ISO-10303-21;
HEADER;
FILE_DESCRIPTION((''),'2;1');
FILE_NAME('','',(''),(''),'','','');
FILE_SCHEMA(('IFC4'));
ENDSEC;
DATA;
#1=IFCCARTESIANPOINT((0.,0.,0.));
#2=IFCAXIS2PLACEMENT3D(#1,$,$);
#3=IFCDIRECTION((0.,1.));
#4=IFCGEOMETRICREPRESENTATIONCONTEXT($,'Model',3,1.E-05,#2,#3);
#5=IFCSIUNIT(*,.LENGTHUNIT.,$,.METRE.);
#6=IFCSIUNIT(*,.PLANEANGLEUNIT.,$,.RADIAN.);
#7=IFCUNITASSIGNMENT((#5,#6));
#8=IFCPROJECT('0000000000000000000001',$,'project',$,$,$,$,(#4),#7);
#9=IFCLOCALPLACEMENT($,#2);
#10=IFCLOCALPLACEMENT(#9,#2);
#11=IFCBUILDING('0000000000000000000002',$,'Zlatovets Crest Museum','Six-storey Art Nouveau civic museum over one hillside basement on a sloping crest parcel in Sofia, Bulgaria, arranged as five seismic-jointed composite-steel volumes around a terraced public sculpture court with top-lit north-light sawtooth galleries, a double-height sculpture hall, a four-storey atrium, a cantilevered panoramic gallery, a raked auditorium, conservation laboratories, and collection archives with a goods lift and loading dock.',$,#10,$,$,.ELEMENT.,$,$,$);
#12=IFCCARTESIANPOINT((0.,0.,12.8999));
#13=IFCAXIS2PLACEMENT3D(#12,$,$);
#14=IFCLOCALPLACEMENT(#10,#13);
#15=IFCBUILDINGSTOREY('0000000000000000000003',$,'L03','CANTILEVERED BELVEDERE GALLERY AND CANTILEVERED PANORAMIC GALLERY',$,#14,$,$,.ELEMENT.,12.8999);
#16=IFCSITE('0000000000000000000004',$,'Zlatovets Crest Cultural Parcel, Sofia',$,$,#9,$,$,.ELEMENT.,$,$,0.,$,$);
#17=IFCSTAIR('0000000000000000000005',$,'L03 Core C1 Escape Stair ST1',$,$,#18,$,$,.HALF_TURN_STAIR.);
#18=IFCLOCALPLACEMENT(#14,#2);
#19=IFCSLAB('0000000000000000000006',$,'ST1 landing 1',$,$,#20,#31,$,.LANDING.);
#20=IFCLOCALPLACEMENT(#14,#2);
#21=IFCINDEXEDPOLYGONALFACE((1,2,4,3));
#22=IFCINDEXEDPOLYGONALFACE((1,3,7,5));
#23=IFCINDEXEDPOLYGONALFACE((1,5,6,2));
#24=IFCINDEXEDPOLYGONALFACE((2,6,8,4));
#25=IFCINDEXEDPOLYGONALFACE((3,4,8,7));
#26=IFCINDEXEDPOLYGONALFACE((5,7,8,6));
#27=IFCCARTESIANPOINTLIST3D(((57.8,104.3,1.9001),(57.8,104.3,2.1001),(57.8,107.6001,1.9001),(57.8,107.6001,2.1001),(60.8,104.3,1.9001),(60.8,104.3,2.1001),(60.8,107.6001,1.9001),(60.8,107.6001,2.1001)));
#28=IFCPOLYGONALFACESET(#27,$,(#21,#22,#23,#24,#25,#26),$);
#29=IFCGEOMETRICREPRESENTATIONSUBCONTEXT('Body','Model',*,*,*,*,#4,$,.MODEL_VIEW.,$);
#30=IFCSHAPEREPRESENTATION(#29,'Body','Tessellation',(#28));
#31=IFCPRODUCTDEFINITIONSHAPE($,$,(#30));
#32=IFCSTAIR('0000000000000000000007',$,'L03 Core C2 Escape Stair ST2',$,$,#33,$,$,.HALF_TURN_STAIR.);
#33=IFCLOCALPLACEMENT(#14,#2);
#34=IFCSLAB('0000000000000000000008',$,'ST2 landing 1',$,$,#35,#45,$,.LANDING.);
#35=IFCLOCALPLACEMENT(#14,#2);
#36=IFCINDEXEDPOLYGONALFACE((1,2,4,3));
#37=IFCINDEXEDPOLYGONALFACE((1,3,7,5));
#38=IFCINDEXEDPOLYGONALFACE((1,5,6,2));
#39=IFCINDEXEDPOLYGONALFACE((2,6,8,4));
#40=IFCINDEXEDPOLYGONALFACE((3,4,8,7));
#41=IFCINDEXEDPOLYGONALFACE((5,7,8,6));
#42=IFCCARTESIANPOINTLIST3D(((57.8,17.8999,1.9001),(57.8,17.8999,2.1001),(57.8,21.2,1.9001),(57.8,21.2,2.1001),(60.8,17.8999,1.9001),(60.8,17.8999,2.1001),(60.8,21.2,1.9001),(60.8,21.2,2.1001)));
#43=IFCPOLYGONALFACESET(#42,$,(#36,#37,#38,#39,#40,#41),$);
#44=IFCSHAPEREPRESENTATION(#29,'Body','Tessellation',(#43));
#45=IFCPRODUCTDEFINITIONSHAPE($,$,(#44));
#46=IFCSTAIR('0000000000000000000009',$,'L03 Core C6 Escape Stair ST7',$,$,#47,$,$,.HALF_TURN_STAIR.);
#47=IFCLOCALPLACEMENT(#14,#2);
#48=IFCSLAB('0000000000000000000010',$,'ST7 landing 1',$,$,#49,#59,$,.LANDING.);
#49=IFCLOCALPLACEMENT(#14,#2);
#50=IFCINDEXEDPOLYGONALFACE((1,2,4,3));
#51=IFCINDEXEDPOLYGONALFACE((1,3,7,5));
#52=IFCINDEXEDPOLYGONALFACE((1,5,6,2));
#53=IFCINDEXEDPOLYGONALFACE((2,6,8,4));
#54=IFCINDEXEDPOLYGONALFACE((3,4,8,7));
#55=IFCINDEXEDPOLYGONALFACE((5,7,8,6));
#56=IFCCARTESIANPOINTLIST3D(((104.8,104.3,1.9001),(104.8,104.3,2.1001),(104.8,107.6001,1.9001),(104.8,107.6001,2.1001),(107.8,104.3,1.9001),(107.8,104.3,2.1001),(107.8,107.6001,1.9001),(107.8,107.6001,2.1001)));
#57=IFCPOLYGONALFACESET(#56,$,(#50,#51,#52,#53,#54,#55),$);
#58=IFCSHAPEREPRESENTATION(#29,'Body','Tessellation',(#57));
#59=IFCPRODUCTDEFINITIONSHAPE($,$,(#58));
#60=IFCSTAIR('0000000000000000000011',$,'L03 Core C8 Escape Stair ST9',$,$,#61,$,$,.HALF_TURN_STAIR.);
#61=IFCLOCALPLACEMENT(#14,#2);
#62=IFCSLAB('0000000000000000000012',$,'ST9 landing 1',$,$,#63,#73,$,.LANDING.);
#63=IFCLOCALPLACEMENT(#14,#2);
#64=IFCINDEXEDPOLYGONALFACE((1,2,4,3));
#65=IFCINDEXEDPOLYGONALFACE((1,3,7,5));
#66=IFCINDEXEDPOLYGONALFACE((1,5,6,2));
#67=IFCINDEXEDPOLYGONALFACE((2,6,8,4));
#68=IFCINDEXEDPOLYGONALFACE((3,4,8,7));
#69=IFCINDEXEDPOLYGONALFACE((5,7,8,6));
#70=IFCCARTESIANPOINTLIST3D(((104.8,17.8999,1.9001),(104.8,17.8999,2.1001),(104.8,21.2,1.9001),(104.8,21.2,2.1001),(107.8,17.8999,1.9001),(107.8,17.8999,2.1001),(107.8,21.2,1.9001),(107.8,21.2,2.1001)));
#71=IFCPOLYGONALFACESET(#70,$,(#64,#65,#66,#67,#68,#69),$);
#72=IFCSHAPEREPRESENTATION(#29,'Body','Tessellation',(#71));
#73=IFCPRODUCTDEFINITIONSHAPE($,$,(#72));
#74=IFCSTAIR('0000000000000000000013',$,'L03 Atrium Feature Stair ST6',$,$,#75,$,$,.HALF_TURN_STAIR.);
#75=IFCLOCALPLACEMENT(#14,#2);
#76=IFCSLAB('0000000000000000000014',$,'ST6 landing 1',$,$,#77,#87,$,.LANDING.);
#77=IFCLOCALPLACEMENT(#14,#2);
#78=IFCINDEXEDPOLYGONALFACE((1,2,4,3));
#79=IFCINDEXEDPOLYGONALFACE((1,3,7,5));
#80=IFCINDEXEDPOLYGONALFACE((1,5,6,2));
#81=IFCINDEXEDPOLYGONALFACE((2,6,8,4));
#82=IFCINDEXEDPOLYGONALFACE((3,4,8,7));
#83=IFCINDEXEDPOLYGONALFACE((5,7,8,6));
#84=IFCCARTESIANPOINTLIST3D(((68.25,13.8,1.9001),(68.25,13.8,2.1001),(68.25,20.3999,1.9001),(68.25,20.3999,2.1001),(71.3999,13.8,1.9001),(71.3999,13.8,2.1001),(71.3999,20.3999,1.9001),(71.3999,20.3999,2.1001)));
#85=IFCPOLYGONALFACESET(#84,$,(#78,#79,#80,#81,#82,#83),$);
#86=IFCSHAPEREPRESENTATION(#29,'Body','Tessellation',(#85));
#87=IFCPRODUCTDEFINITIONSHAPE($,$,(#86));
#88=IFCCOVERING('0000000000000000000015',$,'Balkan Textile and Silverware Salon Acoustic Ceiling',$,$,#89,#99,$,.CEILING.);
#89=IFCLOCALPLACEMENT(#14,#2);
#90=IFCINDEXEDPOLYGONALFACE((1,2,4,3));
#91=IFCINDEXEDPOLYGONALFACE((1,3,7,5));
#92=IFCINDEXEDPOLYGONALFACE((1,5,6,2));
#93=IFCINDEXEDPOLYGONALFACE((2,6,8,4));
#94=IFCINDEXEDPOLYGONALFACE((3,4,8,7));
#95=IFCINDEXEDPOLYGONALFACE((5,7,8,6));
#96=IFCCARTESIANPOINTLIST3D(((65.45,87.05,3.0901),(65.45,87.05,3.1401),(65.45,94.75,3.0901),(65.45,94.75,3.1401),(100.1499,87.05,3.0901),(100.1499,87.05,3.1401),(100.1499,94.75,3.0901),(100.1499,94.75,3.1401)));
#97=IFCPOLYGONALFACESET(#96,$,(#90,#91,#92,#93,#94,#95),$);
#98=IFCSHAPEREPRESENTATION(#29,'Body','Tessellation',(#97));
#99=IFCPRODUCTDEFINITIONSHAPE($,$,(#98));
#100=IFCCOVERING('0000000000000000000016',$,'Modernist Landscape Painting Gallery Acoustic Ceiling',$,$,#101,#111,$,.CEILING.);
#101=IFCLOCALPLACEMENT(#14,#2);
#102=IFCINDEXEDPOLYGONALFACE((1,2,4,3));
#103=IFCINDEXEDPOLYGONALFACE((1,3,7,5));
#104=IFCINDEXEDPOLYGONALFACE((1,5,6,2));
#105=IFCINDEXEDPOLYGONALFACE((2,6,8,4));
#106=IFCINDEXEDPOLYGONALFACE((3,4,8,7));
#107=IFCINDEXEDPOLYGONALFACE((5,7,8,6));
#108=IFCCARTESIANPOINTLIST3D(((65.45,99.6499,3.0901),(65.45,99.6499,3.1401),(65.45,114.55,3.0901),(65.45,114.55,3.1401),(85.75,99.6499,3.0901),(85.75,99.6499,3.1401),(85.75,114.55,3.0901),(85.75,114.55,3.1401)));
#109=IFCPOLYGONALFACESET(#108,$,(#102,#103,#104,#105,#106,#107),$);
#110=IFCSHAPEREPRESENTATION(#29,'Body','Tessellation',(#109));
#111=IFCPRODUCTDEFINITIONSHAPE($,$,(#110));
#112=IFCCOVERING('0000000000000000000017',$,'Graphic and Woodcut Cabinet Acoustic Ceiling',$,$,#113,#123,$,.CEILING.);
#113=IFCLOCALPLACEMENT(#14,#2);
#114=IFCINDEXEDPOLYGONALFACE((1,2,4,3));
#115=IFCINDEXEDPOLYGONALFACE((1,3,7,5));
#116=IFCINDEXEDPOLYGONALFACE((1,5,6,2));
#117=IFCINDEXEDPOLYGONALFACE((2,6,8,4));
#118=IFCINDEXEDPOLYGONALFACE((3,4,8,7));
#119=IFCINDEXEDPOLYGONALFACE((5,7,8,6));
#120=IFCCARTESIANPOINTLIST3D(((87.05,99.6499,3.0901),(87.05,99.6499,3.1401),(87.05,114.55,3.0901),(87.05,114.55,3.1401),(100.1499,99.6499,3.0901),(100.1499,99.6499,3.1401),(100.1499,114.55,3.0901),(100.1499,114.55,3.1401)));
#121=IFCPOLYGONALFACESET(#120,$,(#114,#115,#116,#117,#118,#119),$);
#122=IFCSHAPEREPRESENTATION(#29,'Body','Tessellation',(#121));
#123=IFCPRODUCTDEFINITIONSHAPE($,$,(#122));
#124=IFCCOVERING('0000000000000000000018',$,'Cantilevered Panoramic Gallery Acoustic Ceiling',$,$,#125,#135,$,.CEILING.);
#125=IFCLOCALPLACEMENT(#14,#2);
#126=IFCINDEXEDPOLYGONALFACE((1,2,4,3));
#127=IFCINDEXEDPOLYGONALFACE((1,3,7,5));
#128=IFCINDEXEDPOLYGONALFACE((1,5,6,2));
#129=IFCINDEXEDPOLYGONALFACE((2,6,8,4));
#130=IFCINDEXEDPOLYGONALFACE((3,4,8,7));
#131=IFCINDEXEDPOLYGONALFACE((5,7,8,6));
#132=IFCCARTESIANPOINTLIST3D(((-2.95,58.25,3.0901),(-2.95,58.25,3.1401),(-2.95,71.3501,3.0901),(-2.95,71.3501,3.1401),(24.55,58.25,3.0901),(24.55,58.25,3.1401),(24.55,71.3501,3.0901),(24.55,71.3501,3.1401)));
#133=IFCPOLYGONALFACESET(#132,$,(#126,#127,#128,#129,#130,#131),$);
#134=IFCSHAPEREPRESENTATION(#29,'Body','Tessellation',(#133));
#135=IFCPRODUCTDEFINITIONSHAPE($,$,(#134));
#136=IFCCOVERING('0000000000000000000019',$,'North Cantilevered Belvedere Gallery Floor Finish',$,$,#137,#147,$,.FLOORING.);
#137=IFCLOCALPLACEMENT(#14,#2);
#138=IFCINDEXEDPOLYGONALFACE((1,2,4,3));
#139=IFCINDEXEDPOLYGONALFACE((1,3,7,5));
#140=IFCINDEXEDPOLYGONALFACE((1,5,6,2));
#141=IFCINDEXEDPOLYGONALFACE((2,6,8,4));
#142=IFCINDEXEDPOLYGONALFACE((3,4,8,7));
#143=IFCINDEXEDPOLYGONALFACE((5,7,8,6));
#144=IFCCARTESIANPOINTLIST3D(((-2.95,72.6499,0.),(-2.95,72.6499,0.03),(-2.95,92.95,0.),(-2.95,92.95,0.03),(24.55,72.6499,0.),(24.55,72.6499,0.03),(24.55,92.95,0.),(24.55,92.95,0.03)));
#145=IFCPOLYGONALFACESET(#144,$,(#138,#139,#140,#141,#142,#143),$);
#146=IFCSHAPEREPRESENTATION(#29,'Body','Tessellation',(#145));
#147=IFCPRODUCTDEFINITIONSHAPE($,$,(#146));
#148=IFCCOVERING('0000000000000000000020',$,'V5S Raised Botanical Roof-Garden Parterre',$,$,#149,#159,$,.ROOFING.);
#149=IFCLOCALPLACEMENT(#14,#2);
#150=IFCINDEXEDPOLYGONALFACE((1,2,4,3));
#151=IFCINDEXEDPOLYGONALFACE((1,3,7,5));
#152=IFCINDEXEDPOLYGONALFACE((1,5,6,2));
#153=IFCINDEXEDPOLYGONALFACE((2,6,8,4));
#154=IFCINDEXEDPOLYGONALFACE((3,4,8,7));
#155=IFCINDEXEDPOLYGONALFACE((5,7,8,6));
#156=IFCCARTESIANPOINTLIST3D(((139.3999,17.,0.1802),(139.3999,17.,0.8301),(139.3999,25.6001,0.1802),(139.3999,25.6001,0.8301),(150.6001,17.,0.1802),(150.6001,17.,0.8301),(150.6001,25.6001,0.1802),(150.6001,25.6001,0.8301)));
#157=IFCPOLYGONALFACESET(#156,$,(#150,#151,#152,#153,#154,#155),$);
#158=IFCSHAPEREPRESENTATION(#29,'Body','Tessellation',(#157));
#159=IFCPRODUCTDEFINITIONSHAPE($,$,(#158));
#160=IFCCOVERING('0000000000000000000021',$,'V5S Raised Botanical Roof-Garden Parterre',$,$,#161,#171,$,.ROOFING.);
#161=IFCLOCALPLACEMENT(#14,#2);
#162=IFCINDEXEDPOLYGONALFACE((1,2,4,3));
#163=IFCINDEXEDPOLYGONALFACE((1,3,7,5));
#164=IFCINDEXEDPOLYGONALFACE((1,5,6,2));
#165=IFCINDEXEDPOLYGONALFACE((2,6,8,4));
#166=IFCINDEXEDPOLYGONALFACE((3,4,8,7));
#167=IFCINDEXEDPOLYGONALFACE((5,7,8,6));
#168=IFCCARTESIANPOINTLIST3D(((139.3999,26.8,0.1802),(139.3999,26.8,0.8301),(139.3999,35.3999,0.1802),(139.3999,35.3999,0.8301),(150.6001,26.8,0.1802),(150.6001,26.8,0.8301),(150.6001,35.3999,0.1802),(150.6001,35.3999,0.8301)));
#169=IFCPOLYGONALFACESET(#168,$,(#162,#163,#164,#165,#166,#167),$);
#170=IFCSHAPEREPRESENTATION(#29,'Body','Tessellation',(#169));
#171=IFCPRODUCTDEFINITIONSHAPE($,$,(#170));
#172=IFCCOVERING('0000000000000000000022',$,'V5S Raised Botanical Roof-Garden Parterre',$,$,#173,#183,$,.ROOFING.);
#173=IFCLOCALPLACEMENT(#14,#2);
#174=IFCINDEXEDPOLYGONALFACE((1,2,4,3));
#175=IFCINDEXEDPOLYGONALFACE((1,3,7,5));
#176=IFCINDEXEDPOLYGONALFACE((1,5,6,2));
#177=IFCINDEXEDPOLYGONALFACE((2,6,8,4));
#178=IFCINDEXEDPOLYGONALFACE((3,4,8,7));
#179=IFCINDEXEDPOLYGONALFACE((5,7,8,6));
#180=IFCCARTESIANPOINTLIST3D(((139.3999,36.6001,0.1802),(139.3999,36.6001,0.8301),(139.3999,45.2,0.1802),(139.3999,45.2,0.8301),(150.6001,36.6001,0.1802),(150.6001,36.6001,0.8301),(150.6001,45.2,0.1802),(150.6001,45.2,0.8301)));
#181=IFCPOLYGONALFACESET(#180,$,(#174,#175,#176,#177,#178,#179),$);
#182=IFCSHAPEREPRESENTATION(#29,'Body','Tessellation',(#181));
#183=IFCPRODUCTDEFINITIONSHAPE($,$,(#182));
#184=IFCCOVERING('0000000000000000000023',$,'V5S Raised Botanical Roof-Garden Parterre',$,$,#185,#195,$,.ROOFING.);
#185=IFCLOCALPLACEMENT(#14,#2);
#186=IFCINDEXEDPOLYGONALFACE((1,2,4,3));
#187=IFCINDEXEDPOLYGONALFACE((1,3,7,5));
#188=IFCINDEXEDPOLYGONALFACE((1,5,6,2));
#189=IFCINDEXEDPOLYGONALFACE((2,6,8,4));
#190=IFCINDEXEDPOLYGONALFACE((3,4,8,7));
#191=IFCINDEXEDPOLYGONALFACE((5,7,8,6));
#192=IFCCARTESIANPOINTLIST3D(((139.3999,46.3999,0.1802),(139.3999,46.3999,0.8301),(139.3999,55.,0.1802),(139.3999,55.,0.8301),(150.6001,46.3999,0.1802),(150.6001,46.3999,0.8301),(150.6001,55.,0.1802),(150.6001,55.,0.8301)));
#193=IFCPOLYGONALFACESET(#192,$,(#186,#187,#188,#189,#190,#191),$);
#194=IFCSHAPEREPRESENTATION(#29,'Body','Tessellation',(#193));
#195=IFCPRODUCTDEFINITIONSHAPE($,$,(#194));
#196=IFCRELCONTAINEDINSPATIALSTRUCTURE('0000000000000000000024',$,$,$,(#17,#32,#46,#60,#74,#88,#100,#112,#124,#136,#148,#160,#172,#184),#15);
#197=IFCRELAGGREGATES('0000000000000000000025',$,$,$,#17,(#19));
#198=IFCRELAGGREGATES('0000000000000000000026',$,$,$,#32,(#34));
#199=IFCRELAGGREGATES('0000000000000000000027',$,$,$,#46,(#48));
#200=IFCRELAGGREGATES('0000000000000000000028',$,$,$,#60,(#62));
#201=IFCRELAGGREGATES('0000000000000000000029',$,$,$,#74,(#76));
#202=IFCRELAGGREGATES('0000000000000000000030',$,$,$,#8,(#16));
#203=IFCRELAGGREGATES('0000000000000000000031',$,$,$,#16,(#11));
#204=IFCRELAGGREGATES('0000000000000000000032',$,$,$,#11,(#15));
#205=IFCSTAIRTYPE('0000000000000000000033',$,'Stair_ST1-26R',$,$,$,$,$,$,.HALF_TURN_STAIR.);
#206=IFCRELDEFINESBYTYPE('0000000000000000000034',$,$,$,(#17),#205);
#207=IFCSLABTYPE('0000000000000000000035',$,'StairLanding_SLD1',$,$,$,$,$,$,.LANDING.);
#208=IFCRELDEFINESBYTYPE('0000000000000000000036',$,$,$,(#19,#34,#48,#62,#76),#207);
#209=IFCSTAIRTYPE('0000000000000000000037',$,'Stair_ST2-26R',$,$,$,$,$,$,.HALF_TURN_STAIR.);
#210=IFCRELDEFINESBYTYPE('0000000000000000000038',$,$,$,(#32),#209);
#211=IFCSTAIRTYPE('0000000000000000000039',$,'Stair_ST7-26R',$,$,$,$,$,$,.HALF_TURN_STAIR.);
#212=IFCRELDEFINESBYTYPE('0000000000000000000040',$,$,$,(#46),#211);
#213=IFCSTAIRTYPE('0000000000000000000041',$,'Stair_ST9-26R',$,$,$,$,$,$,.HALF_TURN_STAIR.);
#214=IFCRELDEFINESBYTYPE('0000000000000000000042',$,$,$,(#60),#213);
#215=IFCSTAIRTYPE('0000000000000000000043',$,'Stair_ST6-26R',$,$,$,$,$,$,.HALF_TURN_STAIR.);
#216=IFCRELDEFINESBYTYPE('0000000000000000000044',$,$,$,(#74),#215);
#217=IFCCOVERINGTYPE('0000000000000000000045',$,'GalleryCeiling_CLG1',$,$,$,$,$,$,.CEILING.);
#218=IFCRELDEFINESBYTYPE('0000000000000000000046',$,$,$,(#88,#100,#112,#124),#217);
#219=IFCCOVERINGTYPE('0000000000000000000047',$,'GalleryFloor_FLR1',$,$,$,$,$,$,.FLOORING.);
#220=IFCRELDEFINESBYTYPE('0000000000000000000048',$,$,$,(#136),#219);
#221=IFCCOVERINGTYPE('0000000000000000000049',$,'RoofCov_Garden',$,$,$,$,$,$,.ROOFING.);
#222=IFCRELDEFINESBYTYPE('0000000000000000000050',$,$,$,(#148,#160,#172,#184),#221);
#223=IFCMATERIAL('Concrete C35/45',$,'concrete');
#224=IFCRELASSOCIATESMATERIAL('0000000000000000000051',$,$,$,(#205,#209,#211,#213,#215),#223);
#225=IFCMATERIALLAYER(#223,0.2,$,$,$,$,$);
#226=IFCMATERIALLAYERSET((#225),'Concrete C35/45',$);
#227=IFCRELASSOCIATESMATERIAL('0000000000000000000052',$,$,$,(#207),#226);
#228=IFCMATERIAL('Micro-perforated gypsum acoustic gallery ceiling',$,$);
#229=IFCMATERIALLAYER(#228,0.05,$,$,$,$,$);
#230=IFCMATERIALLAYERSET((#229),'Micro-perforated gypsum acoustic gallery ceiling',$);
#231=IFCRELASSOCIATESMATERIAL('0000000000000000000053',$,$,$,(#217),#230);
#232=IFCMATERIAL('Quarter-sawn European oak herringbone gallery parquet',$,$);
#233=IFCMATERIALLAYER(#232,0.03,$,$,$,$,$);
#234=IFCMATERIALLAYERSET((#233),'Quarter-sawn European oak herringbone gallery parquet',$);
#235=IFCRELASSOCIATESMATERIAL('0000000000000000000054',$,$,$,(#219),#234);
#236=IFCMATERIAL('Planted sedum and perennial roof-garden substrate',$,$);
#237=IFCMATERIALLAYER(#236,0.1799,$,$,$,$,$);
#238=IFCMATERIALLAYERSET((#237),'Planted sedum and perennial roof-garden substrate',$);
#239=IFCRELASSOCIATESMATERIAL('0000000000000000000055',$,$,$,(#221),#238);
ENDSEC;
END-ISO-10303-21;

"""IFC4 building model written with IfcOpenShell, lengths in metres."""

from ifc_helpers import new_model, si_unit, direction, frame, origin, place, context, subcontext, project, spatial, polyline, outline, extrude, material, layer, layer_set, type_object, element, aggregate, save


model = new_model("IFC4")

# Units and contexts
model_context = context("Model", 3, precision=1e-05, world=origin(), true_north=direction((0.0, 1.0)))
body_context = subcontext(model_context, "Body", "Model", "MODEL_VIEW")
ifc_project = project(units=[si_unit("LENGTHUNIT", "METRE"), si_unit("PLANEANGLEUNIT", "RADIAN")], contexts=[model_context])

# Site, building, storey
site_placement = place(None, origin())
site = spatial("IfcSite", under=ifc_project, at=site_placement, Name="Zlatovets Crest Cultural Parcel, Sofia", CompositionType="ELEMENT", RefElevation=0.0)
building_placement = place(site_placement, origin())
building = spatial("IfcBuilding", under=site, at=building_placement, Name="Zlatovets Crest Museum", Description="Six-storey Art Nouveau civic museum over one hillside basement on a sloping crest parcel in Sofia, Bulgaria, arranged as five seismic-jointed composite-steel volumes around a terraced public sculpture court with top-lit north-light sawtooth galleries, a double-height sculpture hall, a four-storey atrium, a cantilevered panoramic gallery, a raked auditorium, conservation laboratories, and collection archives with a goods lift and loading dock.", CompositionType="ELEMENT")
storey_placement = place(building_placement, frame((0.0, 0.0, 12.8999)))
storey = spatial("IfcBuildingStorey", under=building, at=storey_placement, Name="L03", Description="CANTILEVERED BELVEDERE GALLERY AND CANTILEVERED PANORAMIC GALLERY", CompositionType="ELEMENT", Elevation=12.8999)

# Stairs, slabs
ifc_material_1 = material(Name="Concrete C35/45", Category="concrete")
stair_type_1 = type_object("IfcStairType", Name="Stair_ST1-26R", PredefinedType="HALF_TURN_STAIR", material=ifc_material_1)
stair_1_placement = place(storey_placement, origin())
stair_1 = element("IfcStair", 1, at=stair_1_placement, inside=storey, type_object=stair_type_1, Name="L03 Core C1 Escape Stair ST1", PredefinedType="HALF_TURN_STAIR")
ifc_layer_1 = layer(ifc_material_1, 0.2)
ifc_layer_set_1 = layer_set([ifc_layer_1], Name="Concrete C35/45")
slab_type_1 = type_object("IfcSlabType", Name="StairLanding_SLD1", PredefinedType="LANDING", material=ifc_layer_set_1)
slab_1_placement = place(storey_placement, frame((0.0, 0.0, 1.9001)))
slab_1 = element("IfcSlab", 2, at=slab_1_placement, type_object=slab_type_1, Name="ST1 landing 1", PredefinedType="LANDING", context=body_context, shape_type="SweptSolid", body=[
    extrude(outline(polyline([(60.8, 104.3), (60.8, 107.6001), (57.8, 107.6001), (57.8, 104.3), (60.8, 104.3)])), origin(), (0.0, 0.0, 1.0), 0.2),
])
aggregate(stair_1, [slab_1])
stair_type_2 = type_object("IfcStairType", Name="Stair_ST2-26R", PredefinedType="HALF_TURN_STAIR", material=ifc_material_1)
stair_2_placement = place(storey_placement, origin())
stair_2 = element("IfcStair", 3, at=stair_2_placement, inside=storey, type_object=stair_type_2, Name="L03 Core C2 Escape Stair ST2", PredefinedType="HALF_TURN_STAIR")
slab_2_placement = place(storey_placement, frame((0.0, 0.0, 1.9001)))
slab_2 = element("IfcSlab", 4, at=slab_2_placement, type_object=slab_type_1, Name="ST2 landing 1", PredefinedType="LANDING", context=body_context, shape_type="SweptSolid", body=[
    extrude(outline(polyline([(60.8, 17.8999), (60.8, 21.2), (57.8, 21.2), (57.8, 17.8999), (60.8, 17.8999)])), origin(), (0.0, 0.0, 1.0), 0.2),
])
aggregate(stair_2, [slab_2])
stair_type_3 = type_object("IfcStairType", Name="Stair_ST7-26R", PredefinedType="HALF_TURN_STAIR", material=ifc_material_1)
stair_3_placement = place(storey_placement, origin())
stair_3 = element("IfcStair", 5, at=stair_3_placement, inside=storey, type_object=stair_type_3, Name="L03 Core C6 Escape Stair ST7", PredefinedType="HALF_TURN_STAIR")
slab_3_placement = place(storey_placement, frame((0.0, 0.0, 1.9001)))
slab_3 = element("IfcSlab", 6, at=slab_3_placement, type_object=slab_type_1, Name="ST7 landing 1", PredefinedType="LANDING", context=body_context, shape_type="SweptSolid", body=[
    extrude(outline(polyline([(107.8, 104.3), (107.8, 107.6001), (104.8, 107.6001), (104.8, 104.3), (107.8, 104.3)])), origin(), (0.0, 0.0, 1.0), 0.2),
])
aggregate(stair_3, [slab_3])
stair_type_4 = type_object("IfcStairType", Name="Stair_ST9-26R", PredefinedType="HALF_TURN_STAIR", material=ifc_material_1)
stair_4_placement = place(storey_placement, origin())
stair_4 = element("IfcStair", 7, at=stair_4_placement, inside=storey, type_object=stair_type_4, Name="L03 Core C8 Escape Stair ST9", PredefinedType="HALF_TURN_STAIR")
slab_4_placement = place(storey_placement, frame((0.0, 0.0, 1.9001)))
slab_4 = element("IfcSlab", 8, at=slab_4_placement, type_object=slab_type_1, Name="ST9 landing 1", PredefinedType="LANDING", context=body_context, shape_type="SweptSolid", body=[
    extrude(outline(polyline([(107.8, 17.8999), (107.8, 21.2), (104.8, 21.2), (104.8, 17.8999), (107.8, 17.8999)])), origin(), (0.0, 0.0, 1.0), 0.2),
])
aggregate(stair_4, [slab_4])
stair_type_5 = type_object("IfcStairType", Name="Stair_ST6-26R", PredefinedType="HALF_TURN_STAIR", material=ifc_material_1)
stair_5_placement = place(storey_placement, origin())
stair_5 = element("IfcStair", 9, at=stair_5_placement, inside=storey, type_object=stair_type_5, Name="L03 Atrium Feature Stair ST6", PredefinedType="HALF_TURN_STAIR")
slab_5_placement = place(storey_placement, frame((0.0, 0.0, 1.9001)))
slab_5 = element("IfcSlab", 10, at=slab_5_placement, type_object=slab_type_1, Name="ST6 landing 1", PredefinedType="LANDING", context=body_context, shape_type="SweptSolid", body=[
    extrude(outline(polyline([(71.3999, 13.8), (71.3999, 20.3999), (68.25, 20.3999), (68.25, 13.8), (71.3999, 13.8)])), origin(), (0.0, 0.0, 1.0), 0.2),
])
aggregate(stair_5, [slab_5])

# Coverings
ifc_material_2 = material(Name="Micro-perforated gypsum acoustic gallery ceiling")
ifc_layer_2 = layer(ifc_material_2, 0.05)
ifc_layer_set_2 = layer_set([ifc_layer_2], Name="Micro-perforated gypsum acoustic gallery ceiling")
covering_type_1 = type_object("IfcCoveringType", Name="GalleryCeiling_CLG1", PredefinedType="CEILING", material=ifc_layer_set_2)
covering_1_placement = place(storey_placement, frame((0.0, 0.0, 3.0901)))
element("IfcCovering", 11, at=covering_1_placement, inside=storey, type_object=covering_type_1, Name="Balkan Textile and Silverware Salon Acoustic Ceiling", PredefinedType="CEILING", context=body_context, shape_type="SweptSolid", body=[
    extrude(outline(polyline([(65.45, 87.05), (100.1499, 87.05), (100.1499, 94.75), (65.45, 94.75), (65.45, 87.05)])), origin(), (0.0, 0.0, 1.0), 0.05),
])
covering_2_placement = place(storey_placement, frame((0.0, 0.0, 3.0901)))
element("IfcCovering", 12, at=covering_2_placement, inside=storey, type_object=covering_type_1, Name="Modernist Landscape Painting Gallery Acoustic Ceiling", PredefinedType="CEILING", context=body_context, shape_type="SweptSolid", body=[
    extrude(outline(polyline([(65.45, 99.6499), (85.75, 99.6499), (85.75, 114.55), (65.45, 114.55), (65.45, 99.6499)])), origin(), (0.0, 0.0, 1.0), 0.05),
])
covering_3_placement = place(storey_placement, frame((0.0, 0.0, 3.0901)))
element("IfcCovering", 13, at=covering_3_placement, inside=storey, type_object=covering_type_1, Name="Graphic and Woodcut Cabinet Acoustic Ceiling", PredefinedType="CEILING", context=body_context, shape_type="SweptSolid", body=[
    extrude(outline(polyline([(87.05, 99.6499), (100.1499, 99.6499), (100.1499, 114.55), (87.05, 114.55), (87.05, 99.6499)])), origin(), (0.0, 0.0, 1.0), 0.05),
])
covering_4_placement = place(storey_placement, frame((0.0, 0.0, 3.0901)))
element("IfcCovering", 14, at=covering_4_placement, inside=storey, type_object=covering_type_1, Name="Cantilevered Panoramic Gallery Acoustic Ceiling", PredefinedType="CEILING", context=body_context, shape_type="SweptSolid", body=[
    extrude(outline(polyline([(-2.95, 58.25), (24.55, 58.25), (24.55, 71.3501), (-2.95, 71.3501), (-2.95, 58.25)])), origin(), (0.0, 0.0, 1.0), 0.05),
])
ifc_material_3 = material(Name="Quarter-sawn European oak herringbone gallery parquet")
ifc_layer_3 = layer(ifc_material_3, 0.03)
ifc_layer_set_3 = layer_set([ifc_layer_3], Name="Quarter-sawn European oak herringbone gallery parquet")
covering_type_2 = type_object("IfcCoveringType", Name="GalleryFloor_FLR1", PredefinedType="FLOORING", material=ifc_layer_set_3)
covering_5_placement = place(storey_placement, origin())
element("IfcCovering", 15, at=covering_5_placement, inside=storey, type_object=covering_type_2, Name="North Cantilevered Belvedere Gallery Floor Finish", PredefinedType="FLOORING", context=body_context, shape_type="SweptSolid", body=[
    extrude(outline(polyline([(-2.95, 72.6499), (24.55, 72.6499), (24.55, 92.95), (-2.95, 92.95), (-2.95, 72.6499)])), origin(), (0.0, 0.0, 1.0), 0.03),
])
ifc_material_4 = material(Name="Planted sedum and perennial roof-garden substrate")
ifc_layer_4 = layer(ifc_material_4, 0.1799)
ifc_layer_set_4 = layer_set([ifc_layer_4], Name="Planted sedum and perennial roof-garden substrate")
covering_type_3 = type_object("IfcCoveringType", Name="RoofCov_Garden", PredefinedType="ROOFING", material=ifc_layer_set_4)
covering_6_placement = place(storey_placement, frame((0.0, 0.0, 0.1802)))
element("IfcCovering", 16, at=covering_6_placement, inside=storey, type_object=covering_type_3, Name="V5S Raised Botanical Roof-Garden Parterre", PredefinedType="ROOFING", context=body_context, shape_type="SweptSolid", body=[
    extrude(outline(polyline([(139.3999, 17.0), (150.6001, 17.0), (150.6001, 25.6001), (139.3999, 25.6001), (139.3999, 17.0)])), origin(), (0.0, 0.0, 1.0), 0.6499),
])
covering_7_placement = place(storey_placement, frame((0.0, 0.0, 0.1802)))
element("IfcCovering", 17, at=covering_7_placement, inside=storey, type_object=covering_type_3, Name="V5S Raised Botanical Roof-Garden Parterre", PredefinedType="ROOFING", context=body_context, shape_type="SweptSolid", body=[
    extrude(outline(polyline([(139.3999, 26.8), (150.6001, 26.8), (150.6001, 35.3999), (139.3999, 35.3999), (139.3999, 26.8)])), origin(), (0.0, 0.0, 1.0), 0.6499),
])
covering_8_placement = place(storey_placement, frame((0.0, 0.0, 0.1802)))
element("IfcCovering", 18, at=covering_8_placement, inside=storey, type_object=covering_type_3, Name="V5S Raised Botanical Roof-Garden Parterre", PredefinedType="ROOFING", context=body_context, shape_type="SweptSolid", body=[
    extrude(outline(polyline([(139.3999, 36.6001), (150.6001, 36.6001), (150.6001, 45.2), (139.3999, 45.2), (139.3999, 36.6001)])), origin(), (0.0, 0.0, 1.0), 0.6499),
])
covering_9_placement = place(storey_placement, frame((0.0, 0.0, 0.1802)))
element("IfcCovering", 19, at=covering_9_placement, inside=storey, type_object=covering_type_3, Name="V5S Raised Botanical Roof-Garden Parterre", PredefinedType="ROOFING", context=body_context, shape_type="SweptSolid", body=[
    extrude(outline(polyline([(139.3999, 46.3999), (150.6001, 46.3999), (150.6001, 55.0), (139.3999, 55.0), (139.3999, 46.3999)])), origin(), (0.0, 0.0, 1.0), 0.6499),
])

save(model, "model.ifc")
